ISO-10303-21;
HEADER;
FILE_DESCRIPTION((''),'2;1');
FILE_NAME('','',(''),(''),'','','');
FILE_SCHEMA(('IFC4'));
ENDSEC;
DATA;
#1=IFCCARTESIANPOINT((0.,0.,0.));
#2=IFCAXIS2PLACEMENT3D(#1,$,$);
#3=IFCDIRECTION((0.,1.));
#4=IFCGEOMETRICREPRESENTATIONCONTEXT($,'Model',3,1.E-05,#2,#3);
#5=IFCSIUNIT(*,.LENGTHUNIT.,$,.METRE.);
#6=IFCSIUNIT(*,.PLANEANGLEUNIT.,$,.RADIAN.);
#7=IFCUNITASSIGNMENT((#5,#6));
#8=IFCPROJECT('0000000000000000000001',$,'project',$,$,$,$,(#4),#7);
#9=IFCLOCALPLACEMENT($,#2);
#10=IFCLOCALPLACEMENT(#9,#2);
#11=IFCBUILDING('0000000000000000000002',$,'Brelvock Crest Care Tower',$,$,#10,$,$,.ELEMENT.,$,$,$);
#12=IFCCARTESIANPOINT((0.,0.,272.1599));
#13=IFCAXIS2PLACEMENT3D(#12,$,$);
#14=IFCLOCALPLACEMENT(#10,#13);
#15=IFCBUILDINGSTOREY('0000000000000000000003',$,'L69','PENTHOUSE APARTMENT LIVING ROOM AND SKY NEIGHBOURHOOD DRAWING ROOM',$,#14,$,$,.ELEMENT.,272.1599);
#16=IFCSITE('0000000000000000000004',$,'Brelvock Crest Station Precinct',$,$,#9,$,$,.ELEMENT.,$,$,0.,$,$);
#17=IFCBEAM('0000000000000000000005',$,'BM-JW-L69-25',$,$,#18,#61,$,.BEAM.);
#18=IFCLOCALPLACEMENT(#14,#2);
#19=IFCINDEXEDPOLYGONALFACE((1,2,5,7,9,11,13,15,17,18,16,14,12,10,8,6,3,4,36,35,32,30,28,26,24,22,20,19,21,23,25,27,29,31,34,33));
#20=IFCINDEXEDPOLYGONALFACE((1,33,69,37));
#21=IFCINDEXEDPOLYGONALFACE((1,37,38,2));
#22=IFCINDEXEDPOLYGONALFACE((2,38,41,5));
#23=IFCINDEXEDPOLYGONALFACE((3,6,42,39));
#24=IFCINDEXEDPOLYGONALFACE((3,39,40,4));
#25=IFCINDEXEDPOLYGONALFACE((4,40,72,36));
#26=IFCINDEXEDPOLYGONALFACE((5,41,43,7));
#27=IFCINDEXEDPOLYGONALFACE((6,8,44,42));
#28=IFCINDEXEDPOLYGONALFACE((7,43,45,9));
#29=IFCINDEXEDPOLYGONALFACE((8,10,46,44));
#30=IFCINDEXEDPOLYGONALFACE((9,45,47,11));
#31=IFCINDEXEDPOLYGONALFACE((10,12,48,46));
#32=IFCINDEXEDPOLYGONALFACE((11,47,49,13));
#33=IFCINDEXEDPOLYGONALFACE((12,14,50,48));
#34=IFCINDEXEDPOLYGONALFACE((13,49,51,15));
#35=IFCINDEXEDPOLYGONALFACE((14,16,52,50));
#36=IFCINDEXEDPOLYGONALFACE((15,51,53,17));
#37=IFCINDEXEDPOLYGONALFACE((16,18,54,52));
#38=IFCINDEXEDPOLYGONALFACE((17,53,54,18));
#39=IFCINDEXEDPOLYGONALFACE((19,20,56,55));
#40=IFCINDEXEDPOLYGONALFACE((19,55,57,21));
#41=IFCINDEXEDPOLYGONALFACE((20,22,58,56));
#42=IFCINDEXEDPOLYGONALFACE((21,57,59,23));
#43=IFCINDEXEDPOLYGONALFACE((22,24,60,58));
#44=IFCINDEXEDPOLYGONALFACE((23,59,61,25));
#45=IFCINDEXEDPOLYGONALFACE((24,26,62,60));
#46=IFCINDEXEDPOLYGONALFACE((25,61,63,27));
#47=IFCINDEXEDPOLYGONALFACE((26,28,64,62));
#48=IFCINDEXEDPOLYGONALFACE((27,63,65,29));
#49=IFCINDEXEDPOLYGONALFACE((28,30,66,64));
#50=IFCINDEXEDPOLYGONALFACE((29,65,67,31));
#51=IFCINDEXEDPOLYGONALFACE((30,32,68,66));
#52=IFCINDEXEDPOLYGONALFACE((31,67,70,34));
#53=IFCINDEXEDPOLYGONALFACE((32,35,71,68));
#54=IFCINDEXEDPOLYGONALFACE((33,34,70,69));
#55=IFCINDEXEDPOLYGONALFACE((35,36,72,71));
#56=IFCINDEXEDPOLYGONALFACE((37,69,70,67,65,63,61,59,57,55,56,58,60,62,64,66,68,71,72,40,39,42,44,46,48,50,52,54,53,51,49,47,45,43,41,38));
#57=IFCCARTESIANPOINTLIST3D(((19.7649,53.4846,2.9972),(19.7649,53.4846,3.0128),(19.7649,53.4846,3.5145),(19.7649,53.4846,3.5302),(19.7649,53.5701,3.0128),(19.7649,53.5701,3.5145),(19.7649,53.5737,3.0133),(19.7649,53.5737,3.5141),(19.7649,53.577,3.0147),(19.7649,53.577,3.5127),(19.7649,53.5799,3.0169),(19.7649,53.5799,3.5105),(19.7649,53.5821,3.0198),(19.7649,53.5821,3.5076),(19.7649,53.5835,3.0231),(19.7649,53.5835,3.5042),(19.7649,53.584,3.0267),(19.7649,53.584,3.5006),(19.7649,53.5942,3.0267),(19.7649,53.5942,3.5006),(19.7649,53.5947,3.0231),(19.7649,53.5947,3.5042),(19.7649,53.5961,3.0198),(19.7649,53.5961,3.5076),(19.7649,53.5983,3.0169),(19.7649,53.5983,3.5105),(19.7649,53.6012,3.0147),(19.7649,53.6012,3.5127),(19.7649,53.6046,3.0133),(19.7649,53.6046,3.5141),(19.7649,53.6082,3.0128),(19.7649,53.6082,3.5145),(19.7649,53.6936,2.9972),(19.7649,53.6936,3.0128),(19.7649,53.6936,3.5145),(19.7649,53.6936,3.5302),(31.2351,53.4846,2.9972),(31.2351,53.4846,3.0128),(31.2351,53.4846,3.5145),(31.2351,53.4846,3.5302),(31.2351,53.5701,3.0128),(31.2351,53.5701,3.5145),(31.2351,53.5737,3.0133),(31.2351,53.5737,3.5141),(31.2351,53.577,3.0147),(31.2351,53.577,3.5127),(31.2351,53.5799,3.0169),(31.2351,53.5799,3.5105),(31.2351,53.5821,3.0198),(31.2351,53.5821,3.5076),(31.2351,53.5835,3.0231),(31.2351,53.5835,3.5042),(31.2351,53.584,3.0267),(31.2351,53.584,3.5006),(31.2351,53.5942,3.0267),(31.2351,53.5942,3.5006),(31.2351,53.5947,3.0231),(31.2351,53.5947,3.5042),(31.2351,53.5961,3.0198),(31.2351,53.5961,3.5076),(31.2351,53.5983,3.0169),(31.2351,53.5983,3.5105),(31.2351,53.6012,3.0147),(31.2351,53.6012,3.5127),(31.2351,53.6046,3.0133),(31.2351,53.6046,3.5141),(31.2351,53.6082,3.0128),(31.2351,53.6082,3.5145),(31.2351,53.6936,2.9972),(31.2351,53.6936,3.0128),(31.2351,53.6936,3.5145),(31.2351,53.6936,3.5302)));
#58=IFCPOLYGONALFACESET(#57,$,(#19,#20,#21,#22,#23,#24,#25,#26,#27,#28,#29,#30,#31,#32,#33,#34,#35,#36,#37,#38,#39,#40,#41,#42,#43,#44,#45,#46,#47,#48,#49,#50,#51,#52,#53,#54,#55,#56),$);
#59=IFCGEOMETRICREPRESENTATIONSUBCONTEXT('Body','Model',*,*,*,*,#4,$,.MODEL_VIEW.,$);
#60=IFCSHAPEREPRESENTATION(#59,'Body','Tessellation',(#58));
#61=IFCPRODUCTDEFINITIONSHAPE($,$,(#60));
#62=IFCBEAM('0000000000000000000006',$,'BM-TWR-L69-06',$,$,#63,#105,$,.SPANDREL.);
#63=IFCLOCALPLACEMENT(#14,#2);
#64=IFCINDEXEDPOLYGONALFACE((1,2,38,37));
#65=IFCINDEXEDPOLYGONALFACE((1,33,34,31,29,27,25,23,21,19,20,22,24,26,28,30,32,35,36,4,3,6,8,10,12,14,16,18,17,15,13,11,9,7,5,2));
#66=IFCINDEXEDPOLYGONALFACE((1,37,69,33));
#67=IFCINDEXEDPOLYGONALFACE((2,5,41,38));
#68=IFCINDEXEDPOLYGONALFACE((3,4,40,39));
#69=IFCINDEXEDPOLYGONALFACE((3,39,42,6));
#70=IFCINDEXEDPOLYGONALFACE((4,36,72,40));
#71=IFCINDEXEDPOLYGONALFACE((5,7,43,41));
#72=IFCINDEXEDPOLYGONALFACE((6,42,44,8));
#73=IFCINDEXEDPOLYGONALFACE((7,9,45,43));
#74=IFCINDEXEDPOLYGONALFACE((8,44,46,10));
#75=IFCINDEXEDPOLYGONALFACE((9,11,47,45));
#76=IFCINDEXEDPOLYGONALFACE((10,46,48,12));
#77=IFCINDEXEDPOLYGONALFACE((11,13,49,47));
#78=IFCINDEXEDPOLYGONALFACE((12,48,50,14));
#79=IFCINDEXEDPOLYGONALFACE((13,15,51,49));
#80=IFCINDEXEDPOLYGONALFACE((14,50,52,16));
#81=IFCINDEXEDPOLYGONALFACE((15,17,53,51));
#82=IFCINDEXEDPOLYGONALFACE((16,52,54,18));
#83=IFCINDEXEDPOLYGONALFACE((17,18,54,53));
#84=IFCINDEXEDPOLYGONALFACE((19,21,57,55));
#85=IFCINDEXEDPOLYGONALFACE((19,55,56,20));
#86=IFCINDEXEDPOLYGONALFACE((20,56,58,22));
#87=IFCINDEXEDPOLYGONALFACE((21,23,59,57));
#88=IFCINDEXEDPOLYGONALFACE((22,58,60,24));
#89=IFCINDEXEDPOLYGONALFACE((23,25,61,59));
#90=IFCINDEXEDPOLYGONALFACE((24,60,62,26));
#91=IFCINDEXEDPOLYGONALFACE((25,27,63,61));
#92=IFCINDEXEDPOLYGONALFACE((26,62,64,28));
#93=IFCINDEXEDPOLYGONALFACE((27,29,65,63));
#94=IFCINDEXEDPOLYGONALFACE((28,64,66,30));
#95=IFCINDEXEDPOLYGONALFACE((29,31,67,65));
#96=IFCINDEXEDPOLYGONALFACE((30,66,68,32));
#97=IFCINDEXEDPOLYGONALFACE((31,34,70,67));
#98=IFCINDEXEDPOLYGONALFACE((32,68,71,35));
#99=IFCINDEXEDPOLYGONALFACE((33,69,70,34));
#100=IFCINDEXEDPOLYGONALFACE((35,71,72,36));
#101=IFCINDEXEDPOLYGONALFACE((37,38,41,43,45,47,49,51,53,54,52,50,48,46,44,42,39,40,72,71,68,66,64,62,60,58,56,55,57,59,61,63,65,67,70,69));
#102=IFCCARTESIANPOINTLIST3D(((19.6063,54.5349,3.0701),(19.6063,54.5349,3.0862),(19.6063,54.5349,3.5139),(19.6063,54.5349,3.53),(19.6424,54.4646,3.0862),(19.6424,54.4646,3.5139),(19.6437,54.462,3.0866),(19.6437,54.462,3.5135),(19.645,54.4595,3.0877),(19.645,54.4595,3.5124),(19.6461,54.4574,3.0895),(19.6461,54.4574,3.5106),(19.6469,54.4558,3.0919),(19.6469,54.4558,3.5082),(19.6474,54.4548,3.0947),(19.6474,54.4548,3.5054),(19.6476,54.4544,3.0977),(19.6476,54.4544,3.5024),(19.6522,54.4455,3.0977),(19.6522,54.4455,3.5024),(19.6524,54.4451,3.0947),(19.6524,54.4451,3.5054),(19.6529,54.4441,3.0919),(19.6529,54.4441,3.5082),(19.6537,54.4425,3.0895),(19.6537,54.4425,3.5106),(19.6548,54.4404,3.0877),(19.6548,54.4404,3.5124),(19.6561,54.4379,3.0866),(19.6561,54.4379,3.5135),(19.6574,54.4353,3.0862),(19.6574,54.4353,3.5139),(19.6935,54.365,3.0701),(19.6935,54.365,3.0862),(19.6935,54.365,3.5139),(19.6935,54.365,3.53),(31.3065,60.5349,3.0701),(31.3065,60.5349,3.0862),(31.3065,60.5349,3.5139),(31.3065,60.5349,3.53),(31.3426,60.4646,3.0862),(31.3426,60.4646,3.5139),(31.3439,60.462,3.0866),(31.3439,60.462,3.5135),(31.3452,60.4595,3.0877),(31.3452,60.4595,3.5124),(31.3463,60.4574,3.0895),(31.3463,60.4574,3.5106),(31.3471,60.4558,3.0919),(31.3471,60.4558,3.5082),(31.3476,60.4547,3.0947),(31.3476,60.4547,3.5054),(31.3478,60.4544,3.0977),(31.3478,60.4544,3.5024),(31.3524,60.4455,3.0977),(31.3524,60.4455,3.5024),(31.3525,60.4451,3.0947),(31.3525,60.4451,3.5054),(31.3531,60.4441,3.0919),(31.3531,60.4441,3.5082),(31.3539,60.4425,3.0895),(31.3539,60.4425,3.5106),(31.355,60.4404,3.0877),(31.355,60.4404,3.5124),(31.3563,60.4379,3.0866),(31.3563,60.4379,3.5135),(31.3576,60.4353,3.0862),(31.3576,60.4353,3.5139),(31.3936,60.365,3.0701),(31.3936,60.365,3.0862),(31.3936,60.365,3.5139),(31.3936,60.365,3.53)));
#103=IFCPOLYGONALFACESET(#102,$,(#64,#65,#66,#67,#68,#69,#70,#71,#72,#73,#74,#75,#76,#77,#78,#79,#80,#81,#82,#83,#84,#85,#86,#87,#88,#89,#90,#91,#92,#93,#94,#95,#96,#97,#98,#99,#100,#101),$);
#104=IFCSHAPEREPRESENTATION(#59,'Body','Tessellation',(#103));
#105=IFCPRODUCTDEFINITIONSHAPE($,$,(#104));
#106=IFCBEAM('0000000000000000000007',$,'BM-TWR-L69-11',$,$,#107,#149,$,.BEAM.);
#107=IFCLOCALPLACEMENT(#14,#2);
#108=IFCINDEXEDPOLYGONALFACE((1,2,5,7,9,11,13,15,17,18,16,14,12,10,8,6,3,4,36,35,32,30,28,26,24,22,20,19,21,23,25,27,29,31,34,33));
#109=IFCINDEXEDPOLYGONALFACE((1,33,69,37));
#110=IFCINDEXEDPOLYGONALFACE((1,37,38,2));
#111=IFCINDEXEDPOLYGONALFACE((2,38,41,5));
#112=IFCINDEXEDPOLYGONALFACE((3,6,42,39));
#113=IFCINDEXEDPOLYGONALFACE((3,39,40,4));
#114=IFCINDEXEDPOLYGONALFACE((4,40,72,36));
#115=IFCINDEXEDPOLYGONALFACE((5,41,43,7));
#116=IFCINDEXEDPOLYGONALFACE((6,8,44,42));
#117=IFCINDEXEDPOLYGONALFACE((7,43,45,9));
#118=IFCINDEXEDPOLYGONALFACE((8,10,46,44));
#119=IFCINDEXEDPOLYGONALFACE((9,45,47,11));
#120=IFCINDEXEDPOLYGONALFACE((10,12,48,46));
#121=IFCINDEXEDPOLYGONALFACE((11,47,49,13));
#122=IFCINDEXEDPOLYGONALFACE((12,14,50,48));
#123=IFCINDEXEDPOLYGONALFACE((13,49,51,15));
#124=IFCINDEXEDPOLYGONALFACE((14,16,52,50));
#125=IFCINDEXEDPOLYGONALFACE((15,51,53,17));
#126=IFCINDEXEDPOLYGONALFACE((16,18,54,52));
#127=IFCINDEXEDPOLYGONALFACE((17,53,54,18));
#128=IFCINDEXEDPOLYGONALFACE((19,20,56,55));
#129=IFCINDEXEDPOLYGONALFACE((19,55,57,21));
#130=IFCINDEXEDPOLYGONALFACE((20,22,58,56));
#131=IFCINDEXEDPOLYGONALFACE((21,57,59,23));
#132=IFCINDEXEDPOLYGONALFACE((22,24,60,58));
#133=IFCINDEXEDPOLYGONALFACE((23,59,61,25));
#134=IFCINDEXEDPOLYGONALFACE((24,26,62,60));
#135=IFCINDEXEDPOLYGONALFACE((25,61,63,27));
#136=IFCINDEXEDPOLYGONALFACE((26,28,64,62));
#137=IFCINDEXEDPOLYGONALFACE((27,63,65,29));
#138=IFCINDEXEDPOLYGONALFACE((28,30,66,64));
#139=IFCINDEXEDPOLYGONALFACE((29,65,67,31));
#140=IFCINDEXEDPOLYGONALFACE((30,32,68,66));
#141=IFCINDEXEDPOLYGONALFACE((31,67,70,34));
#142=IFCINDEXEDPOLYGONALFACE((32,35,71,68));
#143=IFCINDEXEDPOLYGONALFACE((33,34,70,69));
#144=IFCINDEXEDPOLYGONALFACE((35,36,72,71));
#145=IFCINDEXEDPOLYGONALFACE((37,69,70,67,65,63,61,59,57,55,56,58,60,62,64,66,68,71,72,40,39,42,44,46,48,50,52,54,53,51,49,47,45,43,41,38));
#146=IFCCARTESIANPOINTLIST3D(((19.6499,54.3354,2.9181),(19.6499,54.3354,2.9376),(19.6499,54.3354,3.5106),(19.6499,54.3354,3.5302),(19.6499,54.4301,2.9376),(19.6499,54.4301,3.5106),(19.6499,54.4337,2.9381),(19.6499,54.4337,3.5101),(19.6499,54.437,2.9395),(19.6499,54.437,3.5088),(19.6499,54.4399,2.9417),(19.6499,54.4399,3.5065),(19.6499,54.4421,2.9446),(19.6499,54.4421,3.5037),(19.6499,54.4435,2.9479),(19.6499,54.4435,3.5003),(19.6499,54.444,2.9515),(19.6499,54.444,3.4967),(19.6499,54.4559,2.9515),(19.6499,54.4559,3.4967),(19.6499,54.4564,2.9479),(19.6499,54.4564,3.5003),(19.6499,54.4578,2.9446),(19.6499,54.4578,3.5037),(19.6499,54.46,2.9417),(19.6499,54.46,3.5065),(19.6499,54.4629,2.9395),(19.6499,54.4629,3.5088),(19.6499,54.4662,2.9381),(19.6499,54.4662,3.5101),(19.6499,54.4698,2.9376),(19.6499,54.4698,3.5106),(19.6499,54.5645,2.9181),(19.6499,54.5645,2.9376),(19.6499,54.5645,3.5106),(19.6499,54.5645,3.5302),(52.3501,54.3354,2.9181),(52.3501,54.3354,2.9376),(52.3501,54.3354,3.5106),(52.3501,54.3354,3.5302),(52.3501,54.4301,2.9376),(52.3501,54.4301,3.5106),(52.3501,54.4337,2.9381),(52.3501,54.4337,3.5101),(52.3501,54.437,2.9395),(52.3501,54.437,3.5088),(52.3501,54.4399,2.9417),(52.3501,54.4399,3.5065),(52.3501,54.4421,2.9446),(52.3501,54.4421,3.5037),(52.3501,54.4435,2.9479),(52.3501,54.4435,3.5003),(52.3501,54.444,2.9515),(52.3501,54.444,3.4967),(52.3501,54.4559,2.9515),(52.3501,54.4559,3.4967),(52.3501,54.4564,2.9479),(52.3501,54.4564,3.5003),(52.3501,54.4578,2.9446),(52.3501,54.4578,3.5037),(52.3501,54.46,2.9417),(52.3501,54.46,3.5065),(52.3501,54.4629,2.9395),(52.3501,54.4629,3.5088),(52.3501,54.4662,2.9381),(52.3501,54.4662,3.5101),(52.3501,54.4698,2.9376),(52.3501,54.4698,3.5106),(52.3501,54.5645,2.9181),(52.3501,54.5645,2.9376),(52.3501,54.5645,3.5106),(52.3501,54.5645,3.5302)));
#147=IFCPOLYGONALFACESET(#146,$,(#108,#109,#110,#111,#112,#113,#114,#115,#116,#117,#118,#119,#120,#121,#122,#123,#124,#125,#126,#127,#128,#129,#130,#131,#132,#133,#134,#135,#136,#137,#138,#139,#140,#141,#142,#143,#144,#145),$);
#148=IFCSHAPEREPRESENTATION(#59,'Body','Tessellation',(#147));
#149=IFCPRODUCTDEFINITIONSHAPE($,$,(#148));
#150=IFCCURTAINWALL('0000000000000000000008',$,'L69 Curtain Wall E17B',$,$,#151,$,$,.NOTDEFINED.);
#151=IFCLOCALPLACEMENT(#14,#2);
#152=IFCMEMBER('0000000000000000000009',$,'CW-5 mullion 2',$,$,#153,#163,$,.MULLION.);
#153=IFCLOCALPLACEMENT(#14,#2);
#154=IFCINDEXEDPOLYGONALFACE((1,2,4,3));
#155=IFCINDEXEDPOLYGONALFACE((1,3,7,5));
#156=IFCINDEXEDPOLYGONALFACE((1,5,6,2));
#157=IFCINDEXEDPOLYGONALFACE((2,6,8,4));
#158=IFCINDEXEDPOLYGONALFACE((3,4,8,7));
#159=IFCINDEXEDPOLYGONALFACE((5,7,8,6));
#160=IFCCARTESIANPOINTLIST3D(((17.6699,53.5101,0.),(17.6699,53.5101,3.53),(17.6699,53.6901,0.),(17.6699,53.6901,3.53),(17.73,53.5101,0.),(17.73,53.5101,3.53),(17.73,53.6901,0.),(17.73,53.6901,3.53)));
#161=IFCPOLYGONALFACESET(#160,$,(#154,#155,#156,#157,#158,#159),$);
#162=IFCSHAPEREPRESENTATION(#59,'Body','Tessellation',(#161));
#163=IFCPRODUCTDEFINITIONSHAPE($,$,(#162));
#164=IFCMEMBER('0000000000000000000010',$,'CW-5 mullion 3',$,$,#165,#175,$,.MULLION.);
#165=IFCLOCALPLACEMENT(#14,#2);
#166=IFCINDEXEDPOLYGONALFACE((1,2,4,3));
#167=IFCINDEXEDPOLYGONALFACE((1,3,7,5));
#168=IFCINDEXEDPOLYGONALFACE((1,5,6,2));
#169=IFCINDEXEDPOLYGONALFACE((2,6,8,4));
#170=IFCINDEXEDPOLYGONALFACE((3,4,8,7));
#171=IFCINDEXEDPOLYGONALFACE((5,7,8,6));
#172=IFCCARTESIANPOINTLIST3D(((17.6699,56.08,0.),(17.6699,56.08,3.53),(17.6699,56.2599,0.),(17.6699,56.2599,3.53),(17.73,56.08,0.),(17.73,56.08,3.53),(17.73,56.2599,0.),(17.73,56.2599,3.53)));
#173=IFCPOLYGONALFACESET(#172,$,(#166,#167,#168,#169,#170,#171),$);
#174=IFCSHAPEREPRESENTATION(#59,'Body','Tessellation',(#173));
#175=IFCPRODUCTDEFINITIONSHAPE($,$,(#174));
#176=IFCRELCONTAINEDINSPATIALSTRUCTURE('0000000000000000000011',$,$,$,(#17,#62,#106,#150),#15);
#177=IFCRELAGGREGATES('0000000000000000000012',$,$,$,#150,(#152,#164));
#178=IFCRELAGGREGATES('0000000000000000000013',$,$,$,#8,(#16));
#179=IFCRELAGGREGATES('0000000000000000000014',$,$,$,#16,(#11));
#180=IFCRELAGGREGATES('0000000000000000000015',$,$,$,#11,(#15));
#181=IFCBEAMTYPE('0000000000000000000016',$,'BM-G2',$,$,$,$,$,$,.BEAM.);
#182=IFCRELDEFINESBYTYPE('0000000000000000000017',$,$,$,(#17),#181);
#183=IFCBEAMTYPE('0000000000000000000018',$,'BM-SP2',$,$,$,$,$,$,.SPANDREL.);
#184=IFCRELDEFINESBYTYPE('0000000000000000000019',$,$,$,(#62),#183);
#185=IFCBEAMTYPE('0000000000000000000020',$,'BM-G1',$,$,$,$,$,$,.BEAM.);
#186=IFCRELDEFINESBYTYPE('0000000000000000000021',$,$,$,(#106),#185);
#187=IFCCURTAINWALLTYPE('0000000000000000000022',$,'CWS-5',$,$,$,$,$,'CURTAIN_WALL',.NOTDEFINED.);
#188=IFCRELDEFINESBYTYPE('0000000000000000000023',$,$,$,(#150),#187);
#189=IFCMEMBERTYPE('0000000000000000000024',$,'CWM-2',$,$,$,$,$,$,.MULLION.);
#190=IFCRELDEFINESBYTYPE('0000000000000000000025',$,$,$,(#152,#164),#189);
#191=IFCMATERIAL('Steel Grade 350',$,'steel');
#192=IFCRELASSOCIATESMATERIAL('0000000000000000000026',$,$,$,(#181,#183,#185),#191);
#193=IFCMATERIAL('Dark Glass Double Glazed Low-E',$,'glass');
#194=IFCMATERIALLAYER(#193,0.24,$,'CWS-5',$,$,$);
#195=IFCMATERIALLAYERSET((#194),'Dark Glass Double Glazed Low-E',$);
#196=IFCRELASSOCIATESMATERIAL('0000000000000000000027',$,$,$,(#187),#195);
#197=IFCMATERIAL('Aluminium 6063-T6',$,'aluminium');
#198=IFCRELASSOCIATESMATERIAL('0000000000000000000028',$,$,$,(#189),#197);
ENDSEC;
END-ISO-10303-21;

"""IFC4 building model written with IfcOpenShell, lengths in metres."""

from ifc_helpers import new_model, si_unit, direction, frame, origin, origin_2d, place, context, subcontext, project, spatial, rectangle, i_section, extrude, source, transform, mapped, material, layer, layer_set, material_profile, profile_set, type_object, element, aggregate, save


model = new_model("IFC4")

# Units and contexts
model_context = context("Model", 3, precision=1e-05, world=origin(), true_north=direction((0.0, 1.0)))
body_context = subcontext(model_context, "Body", "Model", "MODEL_VIEW")
ifc_project = project(units=[si_unit("LENGTHUNIT", "METRE"), si_unit("PLANEANGLEUNIT", "RADIAN")], contexts=[model_context])

# Site, building, storey
site_placement = place(None, origin())
site = spatial("IfcSite", under=ifc_project, at=site_placement, Name="Brelvock Crest Station Precinct", CompositionType="ELEMENT", RefElevation=0.0)
building_placement = place(site_placement, origin())
building = spatial("IfcBuilding", under=site, at=building_placement, Name="Brelvock Crest Care Tower", CompositionType="ELEMENT")
storey_placement = place(building_placement, frame((0.0, 0.0, 272.1599)))
storey = spatial("IfcBuildingStorey", under=building, at=storey_placement, Name="L69", Description="PENTHOUSE APARTMENT LIVING ROOM AND SKY NEIGHBOURHOOD DRAWING ROOM", CompositionType="ELEMENT", Elevation=272.1599)

# Shared definitions
ifc_material_1 = material(Name="Steel Grade 350", Category="steel")

# Beams
ifc_material_profile_1 = material_profile(ifc_material_1, i_section(OverallWidth=0.209, OverallDepth=0.533, WebThickness=0.0103, FlangeThickness=0.0156, FilletRadius=0.0139, at=origin_2d()), Name="530UB92.4")
ifc_profile_set_1 = profile_set([ifc_material_profile_1], Name="Steel Grade 350")
beam_type_1 = type_object("IfcBeamType", Name="BM-G2", PredefinedType="BEAM", material=ifc_profile_set_1)
shared_shape_1 = source(origin(), body_context, "Body", "SweptSolid", [
    extrude(i_section(OverallWidth=0.209, OverallDepth=0.533, WebThickness=0.0103, FlangeThickness=0.0156, FilletRadius=0.0139, at=origin_2d()), origin(), (0.0, 0.0, 1.0), 11.4702),
])
beam_1_placement = place(storey_placement, frame((19.7649, 53.5891, 3.2637), z_axis=(1.0, 0.0, 0.0), x_axis=(0.0, 1.0, 0.0)))
element("IfcBeam", 1, at=beam_1_placement, inside=storey, type_object=beam_type_1, Name="BM-JW-L69-25", PredefinedType="BEAM", context=body_context, shape_type="MappedRepresentation", body=[
    mapped(shared_shape_1, transform((0.0, 0.0, 0.0), x_axis=(1.0, 0.0, 0.0), y_axis=(0.0, 1.0, 0.0), z_axis=(0.0, 0.0, 1.0), scale=1.0)),
])
ifc_material_profile_2 = material_profile(ifc_material_1, i_section(OverallWidth=0.1909, OverallDepth=0.46, WebThickness=0.01, FlangeThickness=0.0161, FilletRadius=0.0115, at=origin_2d()), Name="460UB82.1")
ifc_profile_set_2 = profile_set([ifc_material_profile_2], Name="Steel Grade 350")
beam_type_2 = type_object("IfcBeamType", Name="BM-SP2", PredefinedType="SPANDREL", material=ifc_profile_set_2)
shared_shape_2 = source(origin(), body_context, "Body", "SweptSolid", [
    extrude(i_section(OverallWidth=0.1909, OverallDepth=0.46, WebThickness=0.01, FlangeThickness=0.0161, FilletRadius=0.0115, at=origin_2d()), origin(), (0.0, 0.0, 1.0), 13.1489),
])
beam_2_placement = place(storey_placement, frame((19.6499, 54.45, 3.3), z_axis=(0.889821, 0.456311, 0.0), x_axis=(-0.456311, 0.889821, 0.0)))
element("IfcBeam", 2, at=beam_2_placement, inside=storey, type_object=beam_type_2, Name="BM-TWR-L69-06", PredefinedType="SPANDREL", context=body_context, shape_type="MappedRepresentation", body=[
    mapped(shared_shape_2, transform((0.0, 0.0, 0.0), x_axis=(1.0, 0.0, 0.0), y_axis=(0.0, 1.0, 0.0), z_axis=(0.0, 0.0, 1.0), scale=1.0)),
])
ifc_material_profile_3 = material_profile(ifc_material_1, i_section(OverallWidth=0.229, OverallDepth=0.6121, WebThickness=0.012, FlangeThickness=0.0195, FilletRadius=0.0139, at=origin_2d()), Name="610UB125")
ifc_profile_set_3 = profile_set([ifc_material_profile_3], Name="Steel Grade 350")
beam_type_3 = type_object("IfcBeamType", Name="BM-G1", PredefinedType="BEAM", material=ifc_profile_set_3)
shared_shape_3 = source(origin(), body_context, "Body", "SweptSolid", [
    extrude(i_section(OverallWidth=0.229, OverallDepth=0.6121, WebThickness=0.012, FlangeThickness=0.0195, FilletRadius=0.0139, at=origin_2d()), origin(), (0.0, 0.0, 1.0), 32.7002),
])
beam_3_placement = place(storey_placement, frame((19.6499, 54.45, 3.2241), z_axis=(1.0, 0.0, 0.0), x_axis=(0.0, 1.0, 0.0)))
element("IfcBeam", 3, at=beam_3_placement, inside=storey, type_object=beam_type_3, Name="BM-TWR-L69-11", PredefinedType="BEAM", context=body_context, shape_type="MappedRepresentation", body=[
    mapped(shared_shape_3, transform((0.0, 0.0, 0.0), x_axis=(1.0, 0.0, 0.0), y_axis=(0.0, 1.0, 0.0), z_axis=(0.0, 0.0, 1.0), scale=1.0)),
])

# Curtain wall, members
ifc_material_2 = material(Name="Dark Glass Double Glazed Low-E", Category="glass")
ifc_layer_1 = layer(ifc_material_2, 0.24, Name="CWS-5")
ifc_layer_set_1 = layer_set([ifc_layer_1], Name="Dark Glass Double Glazed Low-E")
curtain_wall_type = type_object("IfcCurtainWallType", Name="CWS-5", ElementType="CURTAIN_WALL", PredefinedType="NOTDEFINED", material=ifc_layer_set_1)
curtain_wall_1_placement = place(storey_placement, origin())
curtain_wall_1 = element("IfcCurtainWall", 4, at=curtain_wall_1_placement, inside=storey, type_object=curtain_wall_type, Name="L69 Curtain Wall E17B", PredefinedType="NOTDEFINED")
ifc_material_3 = material(Name="Aluminium 6063-T6", Category="aluminium")
ifc_material_profile_4 = material_profile(ifc_material_3, rectangle(XDim=0.0601, YDim=0.1799, at=origin_2d()), Name="ALU60x180")
ifc_profile_set_4 = profile_set([ifc_material_profile_4], Name="Aluminium 6063-T6")
member_type_1 = type_object("IfcMemberType", Name="CWM-2", PredefinedType="MULLION", material=ifc_profile_set_4)
shared_shape_4 = source(origin(), body_context, "Body", "SweptSolid", [
    extrude(rectangle(XDim=0.0601, YDim=0.1799, at=origin_2d()), origin(), (0.0, 0.0, 1.0), 3.53),
])
member_1_placement = place(storey_placement, frame((17.7, 53.6001, 0.0), z_axis=(0.0, 0.0, 1.0), x_axis=(-1.0, 0.0, 0.0)))
member_1 = element("IfcMember", 5, at=member_1_placement, type_object=member_type_1, Name="CW-5 mullion 2", PredefinedType="MULLION", context=body_context, shape_type="MappedRepresentation", body=[
    mapped(shared_shape_4, transform((0.0, 0.0, 0.0), x_axis=(1.0, 0.0, 0.0), y_axis=(0.0, 1.0, 0.0), z_axis=(0.0, 0.0, 1.0), scale=1.0)),
])
member_2_placement = place(storey_placement, frame((17.7, 56.1699, 0.0), z_axis=(0.0, 0.0, 1.0), x_axis=(-1.0, 0.0, 0.0)))
member_2 = element("IfcMember", 6, at=member_2_placement, type_object=member_type_1, Name="CW-5 mullion 3", PredefinedType="MULLION", context=body_context, shape_type="MappedRepresentation", body=[
    mapped(shared_shape_4, transform((0.0, 0.0, 0.0), x_axis=(1.0, 0.0, 0.0), y_axis=(0.0, 1.0, 0.0), z_axis=(0.0, 0.0, 1.0), scale=1.0)),
])

aggregate(curtain_wall_1, [member_1, member_2])

save(model, "model.ifc")
